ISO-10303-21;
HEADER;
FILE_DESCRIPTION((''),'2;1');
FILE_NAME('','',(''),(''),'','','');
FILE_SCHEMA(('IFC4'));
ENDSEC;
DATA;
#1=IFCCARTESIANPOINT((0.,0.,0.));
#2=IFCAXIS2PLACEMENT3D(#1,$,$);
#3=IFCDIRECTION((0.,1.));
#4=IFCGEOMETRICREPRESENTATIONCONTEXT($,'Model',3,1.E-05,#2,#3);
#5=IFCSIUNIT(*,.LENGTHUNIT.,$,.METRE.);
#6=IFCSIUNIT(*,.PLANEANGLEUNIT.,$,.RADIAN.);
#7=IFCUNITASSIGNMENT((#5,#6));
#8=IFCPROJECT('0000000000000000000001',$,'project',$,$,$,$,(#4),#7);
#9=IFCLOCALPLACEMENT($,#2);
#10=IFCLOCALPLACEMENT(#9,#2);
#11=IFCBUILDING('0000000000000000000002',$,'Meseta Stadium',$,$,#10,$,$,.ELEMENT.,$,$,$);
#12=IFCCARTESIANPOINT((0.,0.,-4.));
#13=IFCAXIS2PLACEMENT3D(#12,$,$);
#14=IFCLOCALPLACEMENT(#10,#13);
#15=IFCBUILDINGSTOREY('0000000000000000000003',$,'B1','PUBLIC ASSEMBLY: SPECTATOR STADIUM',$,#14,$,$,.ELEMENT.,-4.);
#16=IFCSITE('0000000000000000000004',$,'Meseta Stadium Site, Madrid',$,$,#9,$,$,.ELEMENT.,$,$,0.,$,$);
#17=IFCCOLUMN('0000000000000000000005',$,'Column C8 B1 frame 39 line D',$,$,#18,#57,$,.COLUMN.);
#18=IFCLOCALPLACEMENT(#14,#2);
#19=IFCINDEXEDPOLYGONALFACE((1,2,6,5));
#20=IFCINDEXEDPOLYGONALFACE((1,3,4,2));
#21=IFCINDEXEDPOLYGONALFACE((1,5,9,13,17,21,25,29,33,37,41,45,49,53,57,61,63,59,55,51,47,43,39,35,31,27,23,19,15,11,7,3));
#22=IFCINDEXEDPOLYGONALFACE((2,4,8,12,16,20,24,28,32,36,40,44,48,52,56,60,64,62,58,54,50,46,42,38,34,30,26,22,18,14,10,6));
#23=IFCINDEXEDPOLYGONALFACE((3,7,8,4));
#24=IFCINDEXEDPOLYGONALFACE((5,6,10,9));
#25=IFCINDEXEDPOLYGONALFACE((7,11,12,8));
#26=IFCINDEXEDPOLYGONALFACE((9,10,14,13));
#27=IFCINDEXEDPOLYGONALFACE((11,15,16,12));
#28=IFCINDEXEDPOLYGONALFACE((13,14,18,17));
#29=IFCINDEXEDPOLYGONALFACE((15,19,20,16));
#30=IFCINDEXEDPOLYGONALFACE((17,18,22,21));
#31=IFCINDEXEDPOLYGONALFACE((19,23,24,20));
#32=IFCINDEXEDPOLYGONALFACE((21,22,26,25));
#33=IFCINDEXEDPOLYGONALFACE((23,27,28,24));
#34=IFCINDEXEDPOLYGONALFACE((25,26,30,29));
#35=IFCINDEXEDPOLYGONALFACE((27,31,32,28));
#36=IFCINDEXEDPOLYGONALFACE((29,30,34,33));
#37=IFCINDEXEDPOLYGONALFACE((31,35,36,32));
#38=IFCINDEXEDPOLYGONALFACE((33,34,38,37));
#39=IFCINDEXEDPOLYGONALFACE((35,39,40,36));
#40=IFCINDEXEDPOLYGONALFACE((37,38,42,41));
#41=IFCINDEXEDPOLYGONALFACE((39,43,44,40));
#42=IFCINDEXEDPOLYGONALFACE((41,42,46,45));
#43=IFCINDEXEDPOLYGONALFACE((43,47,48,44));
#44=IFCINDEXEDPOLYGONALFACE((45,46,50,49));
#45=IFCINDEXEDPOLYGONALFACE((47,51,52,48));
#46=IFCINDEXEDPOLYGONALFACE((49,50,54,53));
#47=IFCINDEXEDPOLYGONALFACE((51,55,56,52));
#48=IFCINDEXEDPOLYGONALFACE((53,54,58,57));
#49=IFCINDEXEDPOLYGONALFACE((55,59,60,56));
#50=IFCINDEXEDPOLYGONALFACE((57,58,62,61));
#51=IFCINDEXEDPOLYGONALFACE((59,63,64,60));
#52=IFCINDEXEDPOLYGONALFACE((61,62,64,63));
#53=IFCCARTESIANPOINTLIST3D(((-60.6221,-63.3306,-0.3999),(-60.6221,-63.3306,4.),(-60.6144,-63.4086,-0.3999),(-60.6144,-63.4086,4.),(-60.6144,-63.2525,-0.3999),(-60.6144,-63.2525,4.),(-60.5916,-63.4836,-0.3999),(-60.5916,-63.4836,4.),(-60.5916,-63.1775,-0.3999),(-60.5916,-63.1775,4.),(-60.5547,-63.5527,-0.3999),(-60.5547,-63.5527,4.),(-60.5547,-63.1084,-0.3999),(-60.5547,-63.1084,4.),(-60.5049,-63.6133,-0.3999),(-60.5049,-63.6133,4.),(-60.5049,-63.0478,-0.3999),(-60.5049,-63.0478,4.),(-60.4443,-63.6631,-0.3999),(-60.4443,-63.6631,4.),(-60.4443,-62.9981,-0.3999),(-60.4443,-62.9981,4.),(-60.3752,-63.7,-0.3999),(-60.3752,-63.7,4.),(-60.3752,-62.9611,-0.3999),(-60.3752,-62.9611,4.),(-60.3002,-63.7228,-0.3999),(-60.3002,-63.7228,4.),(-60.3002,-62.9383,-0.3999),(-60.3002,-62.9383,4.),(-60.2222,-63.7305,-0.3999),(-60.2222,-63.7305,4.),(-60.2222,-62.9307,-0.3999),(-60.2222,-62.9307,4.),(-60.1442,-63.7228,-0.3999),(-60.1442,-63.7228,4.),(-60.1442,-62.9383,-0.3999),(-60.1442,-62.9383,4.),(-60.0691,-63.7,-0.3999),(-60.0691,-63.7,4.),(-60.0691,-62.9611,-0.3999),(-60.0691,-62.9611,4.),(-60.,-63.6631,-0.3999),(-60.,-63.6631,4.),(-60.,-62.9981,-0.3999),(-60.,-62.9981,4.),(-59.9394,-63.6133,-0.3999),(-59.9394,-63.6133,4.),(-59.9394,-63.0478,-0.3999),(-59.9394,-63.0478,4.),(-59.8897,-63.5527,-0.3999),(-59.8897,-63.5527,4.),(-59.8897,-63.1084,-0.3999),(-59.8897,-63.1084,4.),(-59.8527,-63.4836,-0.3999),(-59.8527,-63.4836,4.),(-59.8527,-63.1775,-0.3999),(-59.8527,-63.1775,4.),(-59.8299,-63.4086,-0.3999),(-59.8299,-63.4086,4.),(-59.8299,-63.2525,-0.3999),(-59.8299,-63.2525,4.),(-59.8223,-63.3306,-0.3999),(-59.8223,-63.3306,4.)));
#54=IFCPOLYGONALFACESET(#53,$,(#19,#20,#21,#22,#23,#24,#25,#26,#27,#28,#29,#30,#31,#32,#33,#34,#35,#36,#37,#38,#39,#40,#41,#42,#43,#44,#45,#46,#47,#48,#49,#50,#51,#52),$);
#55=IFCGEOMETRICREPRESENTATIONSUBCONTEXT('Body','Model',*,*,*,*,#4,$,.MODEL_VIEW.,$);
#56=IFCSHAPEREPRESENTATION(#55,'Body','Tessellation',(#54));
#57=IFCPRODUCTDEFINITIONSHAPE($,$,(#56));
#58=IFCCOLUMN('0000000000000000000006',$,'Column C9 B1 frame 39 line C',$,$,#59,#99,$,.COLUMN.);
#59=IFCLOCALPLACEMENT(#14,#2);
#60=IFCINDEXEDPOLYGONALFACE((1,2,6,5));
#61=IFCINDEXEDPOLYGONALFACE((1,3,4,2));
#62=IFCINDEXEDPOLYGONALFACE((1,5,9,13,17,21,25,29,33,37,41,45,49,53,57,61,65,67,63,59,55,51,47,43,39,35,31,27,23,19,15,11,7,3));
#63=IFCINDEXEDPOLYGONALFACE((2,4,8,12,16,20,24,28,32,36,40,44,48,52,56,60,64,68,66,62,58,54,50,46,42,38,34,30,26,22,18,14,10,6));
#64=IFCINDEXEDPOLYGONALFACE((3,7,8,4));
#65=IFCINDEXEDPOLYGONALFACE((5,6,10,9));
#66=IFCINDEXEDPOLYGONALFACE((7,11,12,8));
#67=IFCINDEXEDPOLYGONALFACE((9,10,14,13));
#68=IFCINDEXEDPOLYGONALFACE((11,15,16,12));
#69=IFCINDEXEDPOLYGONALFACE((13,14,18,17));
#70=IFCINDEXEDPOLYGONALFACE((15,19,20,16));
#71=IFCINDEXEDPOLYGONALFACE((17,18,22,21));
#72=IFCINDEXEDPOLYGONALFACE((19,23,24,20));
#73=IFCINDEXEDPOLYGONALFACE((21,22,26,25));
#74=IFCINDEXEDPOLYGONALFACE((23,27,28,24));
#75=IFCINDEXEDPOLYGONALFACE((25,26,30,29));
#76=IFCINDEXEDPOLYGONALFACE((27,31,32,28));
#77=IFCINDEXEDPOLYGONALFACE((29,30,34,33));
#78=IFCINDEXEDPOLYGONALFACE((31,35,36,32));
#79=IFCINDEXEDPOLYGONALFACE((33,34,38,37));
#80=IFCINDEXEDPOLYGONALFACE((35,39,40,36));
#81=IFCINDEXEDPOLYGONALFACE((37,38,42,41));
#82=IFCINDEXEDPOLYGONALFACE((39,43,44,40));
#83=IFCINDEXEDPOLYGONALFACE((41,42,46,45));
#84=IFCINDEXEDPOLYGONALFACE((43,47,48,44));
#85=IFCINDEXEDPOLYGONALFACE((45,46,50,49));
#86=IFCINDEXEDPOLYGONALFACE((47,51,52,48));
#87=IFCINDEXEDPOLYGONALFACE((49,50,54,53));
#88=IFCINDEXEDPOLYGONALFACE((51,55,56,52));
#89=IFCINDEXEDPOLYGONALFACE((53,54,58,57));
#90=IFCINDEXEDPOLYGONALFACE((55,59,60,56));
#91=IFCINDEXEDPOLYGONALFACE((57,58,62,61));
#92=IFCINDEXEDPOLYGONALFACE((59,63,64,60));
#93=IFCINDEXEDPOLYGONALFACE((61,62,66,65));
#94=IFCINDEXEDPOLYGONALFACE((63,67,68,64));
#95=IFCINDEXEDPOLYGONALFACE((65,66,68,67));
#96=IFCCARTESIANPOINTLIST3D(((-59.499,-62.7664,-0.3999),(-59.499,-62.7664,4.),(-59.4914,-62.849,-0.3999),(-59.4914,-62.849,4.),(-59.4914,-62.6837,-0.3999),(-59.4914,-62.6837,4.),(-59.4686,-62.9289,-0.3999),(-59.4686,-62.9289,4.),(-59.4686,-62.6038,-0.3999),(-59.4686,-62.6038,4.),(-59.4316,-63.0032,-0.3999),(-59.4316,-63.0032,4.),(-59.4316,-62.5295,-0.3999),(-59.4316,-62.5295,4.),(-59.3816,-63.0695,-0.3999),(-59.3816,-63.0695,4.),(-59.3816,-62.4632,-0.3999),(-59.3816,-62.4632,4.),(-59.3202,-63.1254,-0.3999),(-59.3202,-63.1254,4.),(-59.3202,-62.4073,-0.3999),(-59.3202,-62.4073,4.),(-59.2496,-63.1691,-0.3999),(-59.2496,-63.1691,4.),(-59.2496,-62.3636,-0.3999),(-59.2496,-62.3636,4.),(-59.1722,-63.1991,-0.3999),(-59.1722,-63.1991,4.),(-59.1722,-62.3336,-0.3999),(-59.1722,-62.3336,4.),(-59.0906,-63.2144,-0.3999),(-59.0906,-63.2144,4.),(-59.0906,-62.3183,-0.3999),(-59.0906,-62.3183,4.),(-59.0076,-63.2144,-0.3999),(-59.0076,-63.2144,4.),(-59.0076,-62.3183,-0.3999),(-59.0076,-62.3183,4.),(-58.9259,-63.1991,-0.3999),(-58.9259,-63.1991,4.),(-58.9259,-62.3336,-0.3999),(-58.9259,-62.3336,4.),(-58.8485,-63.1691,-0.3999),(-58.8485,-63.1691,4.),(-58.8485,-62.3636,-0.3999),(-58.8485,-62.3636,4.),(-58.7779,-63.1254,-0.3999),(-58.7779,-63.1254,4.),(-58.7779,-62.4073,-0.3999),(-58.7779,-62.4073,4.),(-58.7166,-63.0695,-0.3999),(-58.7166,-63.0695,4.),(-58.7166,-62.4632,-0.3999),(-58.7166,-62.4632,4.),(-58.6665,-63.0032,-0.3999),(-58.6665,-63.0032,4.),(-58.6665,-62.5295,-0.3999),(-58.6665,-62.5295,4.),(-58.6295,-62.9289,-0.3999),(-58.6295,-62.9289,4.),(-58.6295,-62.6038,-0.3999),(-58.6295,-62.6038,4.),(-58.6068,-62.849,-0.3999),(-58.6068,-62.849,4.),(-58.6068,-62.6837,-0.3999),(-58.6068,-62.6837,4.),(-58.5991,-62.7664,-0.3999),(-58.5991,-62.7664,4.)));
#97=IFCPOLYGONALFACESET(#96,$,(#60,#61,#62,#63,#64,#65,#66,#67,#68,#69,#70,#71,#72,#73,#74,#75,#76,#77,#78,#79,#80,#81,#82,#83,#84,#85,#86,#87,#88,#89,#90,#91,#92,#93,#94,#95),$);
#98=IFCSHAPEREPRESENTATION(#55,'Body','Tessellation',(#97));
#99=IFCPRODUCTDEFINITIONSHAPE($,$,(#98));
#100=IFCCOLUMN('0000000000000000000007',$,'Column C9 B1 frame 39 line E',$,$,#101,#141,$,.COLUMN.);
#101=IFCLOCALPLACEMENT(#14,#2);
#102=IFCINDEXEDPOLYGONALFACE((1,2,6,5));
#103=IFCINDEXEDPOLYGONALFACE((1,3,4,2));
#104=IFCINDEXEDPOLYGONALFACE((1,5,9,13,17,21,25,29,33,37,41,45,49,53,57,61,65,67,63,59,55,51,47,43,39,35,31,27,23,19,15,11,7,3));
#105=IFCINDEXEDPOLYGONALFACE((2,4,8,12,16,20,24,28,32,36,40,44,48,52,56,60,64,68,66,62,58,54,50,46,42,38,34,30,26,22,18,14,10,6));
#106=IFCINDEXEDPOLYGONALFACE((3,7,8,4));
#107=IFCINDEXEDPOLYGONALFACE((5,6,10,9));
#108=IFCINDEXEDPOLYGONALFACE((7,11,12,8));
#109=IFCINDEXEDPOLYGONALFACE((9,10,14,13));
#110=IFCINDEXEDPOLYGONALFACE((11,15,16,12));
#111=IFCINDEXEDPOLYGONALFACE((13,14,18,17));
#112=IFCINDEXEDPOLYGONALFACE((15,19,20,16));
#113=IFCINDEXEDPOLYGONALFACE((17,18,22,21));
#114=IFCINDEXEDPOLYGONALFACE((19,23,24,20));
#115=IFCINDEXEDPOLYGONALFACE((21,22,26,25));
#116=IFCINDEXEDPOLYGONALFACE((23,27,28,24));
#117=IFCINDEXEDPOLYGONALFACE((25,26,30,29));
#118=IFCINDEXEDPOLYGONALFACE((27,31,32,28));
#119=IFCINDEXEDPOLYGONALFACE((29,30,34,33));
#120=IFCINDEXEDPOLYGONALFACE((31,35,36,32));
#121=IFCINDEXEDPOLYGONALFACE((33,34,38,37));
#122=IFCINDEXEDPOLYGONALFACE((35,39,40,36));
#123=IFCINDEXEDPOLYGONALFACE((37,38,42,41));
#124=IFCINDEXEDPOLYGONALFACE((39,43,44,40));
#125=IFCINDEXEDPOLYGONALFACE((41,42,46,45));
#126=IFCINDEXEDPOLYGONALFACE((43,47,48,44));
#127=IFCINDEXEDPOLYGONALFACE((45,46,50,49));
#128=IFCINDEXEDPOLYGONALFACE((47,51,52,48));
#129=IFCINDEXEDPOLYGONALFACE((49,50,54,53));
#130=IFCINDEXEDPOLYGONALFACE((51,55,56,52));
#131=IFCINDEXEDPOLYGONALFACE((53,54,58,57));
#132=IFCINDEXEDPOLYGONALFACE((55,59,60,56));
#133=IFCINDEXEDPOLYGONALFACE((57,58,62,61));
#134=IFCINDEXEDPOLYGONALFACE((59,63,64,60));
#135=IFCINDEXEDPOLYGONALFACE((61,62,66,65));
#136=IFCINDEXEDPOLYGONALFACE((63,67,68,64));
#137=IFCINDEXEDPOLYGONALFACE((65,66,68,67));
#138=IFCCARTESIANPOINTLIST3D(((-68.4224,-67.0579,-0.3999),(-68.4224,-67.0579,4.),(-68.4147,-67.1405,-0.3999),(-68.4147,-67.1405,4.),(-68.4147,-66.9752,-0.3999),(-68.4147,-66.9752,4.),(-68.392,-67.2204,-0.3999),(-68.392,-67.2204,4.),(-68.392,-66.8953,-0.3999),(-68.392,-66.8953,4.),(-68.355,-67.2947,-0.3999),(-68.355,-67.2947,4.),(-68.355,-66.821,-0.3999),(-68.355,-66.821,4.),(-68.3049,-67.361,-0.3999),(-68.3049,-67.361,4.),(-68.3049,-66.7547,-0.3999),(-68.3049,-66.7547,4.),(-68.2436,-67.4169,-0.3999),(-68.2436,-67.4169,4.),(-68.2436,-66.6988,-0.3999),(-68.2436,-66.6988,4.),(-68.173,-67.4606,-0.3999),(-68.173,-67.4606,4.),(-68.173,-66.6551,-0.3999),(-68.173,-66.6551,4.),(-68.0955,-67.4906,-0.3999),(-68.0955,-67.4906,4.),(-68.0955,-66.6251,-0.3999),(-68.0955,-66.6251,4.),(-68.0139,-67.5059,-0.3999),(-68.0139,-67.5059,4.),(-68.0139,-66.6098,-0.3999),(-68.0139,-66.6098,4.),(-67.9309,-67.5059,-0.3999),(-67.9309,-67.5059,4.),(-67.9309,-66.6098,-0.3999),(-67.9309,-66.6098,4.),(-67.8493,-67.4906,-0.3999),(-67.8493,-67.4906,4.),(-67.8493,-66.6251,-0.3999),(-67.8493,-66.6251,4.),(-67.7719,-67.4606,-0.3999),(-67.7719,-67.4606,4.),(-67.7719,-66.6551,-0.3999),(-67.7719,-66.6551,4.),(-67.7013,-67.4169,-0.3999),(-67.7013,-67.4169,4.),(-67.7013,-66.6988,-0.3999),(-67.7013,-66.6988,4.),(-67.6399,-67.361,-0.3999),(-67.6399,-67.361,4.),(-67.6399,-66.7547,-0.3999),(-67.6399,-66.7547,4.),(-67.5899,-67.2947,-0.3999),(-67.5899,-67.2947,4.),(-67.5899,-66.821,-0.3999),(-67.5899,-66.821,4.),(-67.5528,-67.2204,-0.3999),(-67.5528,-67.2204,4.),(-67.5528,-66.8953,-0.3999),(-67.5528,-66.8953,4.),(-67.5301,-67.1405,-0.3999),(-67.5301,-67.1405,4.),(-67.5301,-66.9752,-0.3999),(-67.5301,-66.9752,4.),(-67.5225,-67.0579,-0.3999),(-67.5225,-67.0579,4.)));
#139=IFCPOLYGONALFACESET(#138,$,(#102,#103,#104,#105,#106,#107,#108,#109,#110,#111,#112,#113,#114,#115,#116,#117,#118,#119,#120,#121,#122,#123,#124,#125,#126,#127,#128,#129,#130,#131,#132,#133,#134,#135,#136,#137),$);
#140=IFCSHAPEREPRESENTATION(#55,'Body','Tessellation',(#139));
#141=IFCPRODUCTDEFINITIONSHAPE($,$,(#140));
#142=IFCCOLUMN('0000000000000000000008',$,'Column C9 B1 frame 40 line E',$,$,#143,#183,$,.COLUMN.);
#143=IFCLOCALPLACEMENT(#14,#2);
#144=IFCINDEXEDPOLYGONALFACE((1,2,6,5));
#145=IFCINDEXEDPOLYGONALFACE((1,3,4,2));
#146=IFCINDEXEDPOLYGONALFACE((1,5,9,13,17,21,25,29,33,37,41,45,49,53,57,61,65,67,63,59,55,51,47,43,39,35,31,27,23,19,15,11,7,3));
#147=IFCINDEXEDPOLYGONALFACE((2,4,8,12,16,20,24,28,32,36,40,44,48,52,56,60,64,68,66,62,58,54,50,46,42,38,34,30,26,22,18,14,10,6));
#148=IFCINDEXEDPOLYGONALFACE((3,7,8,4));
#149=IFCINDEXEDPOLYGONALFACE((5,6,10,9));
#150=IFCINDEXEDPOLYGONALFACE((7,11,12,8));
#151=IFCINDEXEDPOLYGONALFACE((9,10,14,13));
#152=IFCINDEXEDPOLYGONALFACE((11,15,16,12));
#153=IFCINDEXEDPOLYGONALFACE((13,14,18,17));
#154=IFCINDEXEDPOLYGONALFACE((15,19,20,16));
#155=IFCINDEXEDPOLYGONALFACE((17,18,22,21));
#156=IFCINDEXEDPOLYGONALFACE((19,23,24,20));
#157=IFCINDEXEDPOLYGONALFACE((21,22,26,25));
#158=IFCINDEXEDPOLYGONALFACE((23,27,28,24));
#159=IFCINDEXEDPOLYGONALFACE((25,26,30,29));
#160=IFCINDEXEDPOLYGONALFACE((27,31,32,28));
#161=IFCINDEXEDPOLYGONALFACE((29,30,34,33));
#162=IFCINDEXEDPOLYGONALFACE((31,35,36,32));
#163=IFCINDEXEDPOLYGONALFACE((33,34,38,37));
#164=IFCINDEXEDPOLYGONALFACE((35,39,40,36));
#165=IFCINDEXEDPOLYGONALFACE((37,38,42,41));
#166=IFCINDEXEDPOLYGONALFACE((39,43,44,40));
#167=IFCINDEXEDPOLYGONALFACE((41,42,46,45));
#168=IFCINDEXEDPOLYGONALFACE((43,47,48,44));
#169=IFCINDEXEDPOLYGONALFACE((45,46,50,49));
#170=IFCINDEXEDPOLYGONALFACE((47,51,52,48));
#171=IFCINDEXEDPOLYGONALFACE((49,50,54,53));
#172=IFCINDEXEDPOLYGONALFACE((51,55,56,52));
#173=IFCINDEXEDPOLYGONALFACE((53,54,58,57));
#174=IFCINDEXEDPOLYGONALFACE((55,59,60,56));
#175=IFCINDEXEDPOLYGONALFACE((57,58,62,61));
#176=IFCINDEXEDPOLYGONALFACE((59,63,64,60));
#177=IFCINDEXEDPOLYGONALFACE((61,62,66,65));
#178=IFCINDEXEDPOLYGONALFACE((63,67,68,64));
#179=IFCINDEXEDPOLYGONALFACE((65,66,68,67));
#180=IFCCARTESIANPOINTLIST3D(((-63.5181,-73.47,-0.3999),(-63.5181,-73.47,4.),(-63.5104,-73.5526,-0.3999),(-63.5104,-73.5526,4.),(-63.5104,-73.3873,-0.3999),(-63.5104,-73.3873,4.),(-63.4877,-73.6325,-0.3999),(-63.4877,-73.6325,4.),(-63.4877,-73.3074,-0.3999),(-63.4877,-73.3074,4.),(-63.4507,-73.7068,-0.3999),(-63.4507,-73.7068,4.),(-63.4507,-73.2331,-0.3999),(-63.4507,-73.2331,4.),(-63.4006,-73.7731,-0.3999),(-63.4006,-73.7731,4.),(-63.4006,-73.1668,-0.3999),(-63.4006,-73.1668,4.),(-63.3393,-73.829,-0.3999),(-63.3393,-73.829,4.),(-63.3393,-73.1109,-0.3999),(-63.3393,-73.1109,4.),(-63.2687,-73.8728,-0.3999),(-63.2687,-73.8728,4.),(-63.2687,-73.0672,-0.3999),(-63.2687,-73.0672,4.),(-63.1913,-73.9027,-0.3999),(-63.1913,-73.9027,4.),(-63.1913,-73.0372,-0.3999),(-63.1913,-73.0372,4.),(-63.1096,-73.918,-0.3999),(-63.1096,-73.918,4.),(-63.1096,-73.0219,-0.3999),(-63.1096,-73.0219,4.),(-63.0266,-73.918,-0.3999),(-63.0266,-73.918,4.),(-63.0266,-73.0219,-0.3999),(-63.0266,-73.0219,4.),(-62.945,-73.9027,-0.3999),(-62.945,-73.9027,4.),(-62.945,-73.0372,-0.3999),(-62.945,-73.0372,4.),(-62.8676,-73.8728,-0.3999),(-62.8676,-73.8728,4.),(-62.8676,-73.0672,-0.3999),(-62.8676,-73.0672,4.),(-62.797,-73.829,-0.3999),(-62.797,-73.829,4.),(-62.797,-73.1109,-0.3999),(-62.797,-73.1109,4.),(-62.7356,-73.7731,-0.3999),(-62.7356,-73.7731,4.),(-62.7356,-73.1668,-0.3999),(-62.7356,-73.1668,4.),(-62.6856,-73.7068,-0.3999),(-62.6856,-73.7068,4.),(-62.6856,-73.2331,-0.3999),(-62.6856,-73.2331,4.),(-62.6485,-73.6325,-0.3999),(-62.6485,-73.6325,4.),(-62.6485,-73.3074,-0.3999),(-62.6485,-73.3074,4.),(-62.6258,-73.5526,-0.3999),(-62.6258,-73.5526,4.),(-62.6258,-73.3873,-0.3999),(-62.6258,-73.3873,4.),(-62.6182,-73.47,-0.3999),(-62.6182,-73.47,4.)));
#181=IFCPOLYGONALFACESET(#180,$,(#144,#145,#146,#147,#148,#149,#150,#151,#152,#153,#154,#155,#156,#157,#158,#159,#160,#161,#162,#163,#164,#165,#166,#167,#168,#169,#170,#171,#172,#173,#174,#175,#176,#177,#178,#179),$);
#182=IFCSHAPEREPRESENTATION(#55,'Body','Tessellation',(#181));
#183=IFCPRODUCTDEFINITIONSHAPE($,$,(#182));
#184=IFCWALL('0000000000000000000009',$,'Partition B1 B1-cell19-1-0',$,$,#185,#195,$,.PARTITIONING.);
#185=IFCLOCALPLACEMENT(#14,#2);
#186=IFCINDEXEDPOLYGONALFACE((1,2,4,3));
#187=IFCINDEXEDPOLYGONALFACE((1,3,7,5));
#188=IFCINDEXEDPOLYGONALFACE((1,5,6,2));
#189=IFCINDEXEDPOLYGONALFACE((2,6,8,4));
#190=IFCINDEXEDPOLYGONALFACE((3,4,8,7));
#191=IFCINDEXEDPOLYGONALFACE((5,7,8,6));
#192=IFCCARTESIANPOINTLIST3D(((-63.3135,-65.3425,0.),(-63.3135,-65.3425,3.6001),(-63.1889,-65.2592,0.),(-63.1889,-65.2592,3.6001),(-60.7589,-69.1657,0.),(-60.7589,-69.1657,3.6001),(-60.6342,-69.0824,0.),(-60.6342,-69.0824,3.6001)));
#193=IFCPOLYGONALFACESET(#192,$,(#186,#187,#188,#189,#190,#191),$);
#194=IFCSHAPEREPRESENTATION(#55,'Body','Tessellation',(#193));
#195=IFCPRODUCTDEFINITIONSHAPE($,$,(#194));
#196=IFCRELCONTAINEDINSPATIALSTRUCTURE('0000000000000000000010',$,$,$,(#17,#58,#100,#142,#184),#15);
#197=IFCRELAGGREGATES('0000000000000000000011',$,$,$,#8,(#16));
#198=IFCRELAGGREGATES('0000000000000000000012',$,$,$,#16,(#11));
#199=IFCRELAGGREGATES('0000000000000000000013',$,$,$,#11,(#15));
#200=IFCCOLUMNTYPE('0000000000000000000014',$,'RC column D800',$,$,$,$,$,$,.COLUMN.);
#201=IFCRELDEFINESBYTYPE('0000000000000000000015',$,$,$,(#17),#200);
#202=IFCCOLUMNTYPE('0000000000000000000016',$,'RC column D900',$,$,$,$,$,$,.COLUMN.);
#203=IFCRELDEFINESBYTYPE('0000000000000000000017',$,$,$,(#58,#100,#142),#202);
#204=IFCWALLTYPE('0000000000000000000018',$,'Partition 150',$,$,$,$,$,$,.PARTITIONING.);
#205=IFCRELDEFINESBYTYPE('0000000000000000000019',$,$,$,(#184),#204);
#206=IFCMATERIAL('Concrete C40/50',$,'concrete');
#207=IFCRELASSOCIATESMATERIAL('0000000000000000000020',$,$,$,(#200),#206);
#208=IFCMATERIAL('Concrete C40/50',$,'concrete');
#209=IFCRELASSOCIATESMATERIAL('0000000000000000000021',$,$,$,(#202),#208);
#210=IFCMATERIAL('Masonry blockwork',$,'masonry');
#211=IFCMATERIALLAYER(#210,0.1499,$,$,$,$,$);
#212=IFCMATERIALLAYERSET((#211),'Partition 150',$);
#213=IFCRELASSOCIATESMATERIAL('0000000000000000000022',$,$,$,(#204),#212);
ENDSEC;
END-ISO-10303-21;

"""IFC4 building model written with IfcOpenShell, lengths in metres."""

from ifc_helpers import new_model, si_unit, direction, frame, frame_2d, origin, origin_2d, place, context, subcontext, project, spatial, rectangle, circle, extrude, material, layer, layer_set, material_profile, profile_set, type_object, element, save


model = new_model("IFC4")

# Units and contexts
model_context = context("Model", 3, precision=1e-05, world=origin(), true_north=direction((0.0, 1.0)))
body_context = subcontext(model_context, "Body", "Model", "MODEL_VIEW")
ifc_project = project(units=[si_unit("LENGTHUNIT", "METRE"), si_unit("PLANEANGLEUNIT", "RADIAN")], contexts=[model_context])

# Site, building, storey
site_placement = place(None, origin())
site = spatial("IfcSite", under=ifc_project, at=site_placement, Name="Meseta Stadium Site, Madrid", CompositionType="ELEMENT", RefElevation=0.0)
building_placement = place(site_placement, origin())
building = spatial("IfcBuilding", under=site, at=building_placement, Name="Meseta Stadium", CompositionType="ELEMENT")
storey_placement = place(building_placement, frame((0.0, 0.0, -4.0)))
storey = spatial("IfcBuildingStorey", under=building, at=storey_placement, Name="B1", Description="PUBLIC ASSEMBLY: SPECTATOR STADIUM", CompositionType="ELEMENT", Elevation=-4.0)

# Columns
ifc_material_1 = material(Name="Concrete C40/50", Category="concrete")
ifc_material_profile_1 = material_profile(ifc_material_1, circle(Radius=0.3999, at=origin_2d()), Name="RC D800")
ifc_profile_set_1 = profile_set([ifc_material_profile_1], Name="Concrete C40/50")
column_type_1 = type_object("IfcColumnType", Name="RC column D800", PredefinedType="COLUMN", material=ifc_profile_set_1)
column_placement = place(storey_placement, frame((-60.2222, -63.3306, -0.3999), z_axis=(0.0, 0.0, 1.0), x_axis=(1.0, 0.0, 0.0)))
element("IfcColumn", 1, at=column_placement, inside=storey, type_object=column_type_1, Name="Column C8 B1 frame 39 line D", PredefinedType="COLUMN", context=body_context, shape_type="SweptSolid", body=[
    extrude(circle(Radius=0.3999, at=origin_2d()), origin(), (0.0, 0.0, 1.0), 4.3999),
])
ifc_material_2 = material(Name="Concrete C40/50", Category="concrete")
ifc_material_profile_2 = material_profile(ifc_material_2, circle(Radius=0.45, at=origin_2d()), Name="RC D900")
ifc_profile_set_2 = profile_set([ifc_material_profile_2], Name="Concrete C40/50")
column_type_2 = type_object("IfcColumnType", Name="RC column D900", PredefinedType="COLUMN", material=ifc_profile_set_2)
for number, where, z_axis, x_axis, name in (
    (2, (-59.0491, -62.7664, -0.3999), (0.0, 0.0, 1.0), (1.0, 0.0, 0.0), "Column C9 B1 frame 39 line C"),
    (3, (-67.9724, -67.0579, -0.3999), (0.0, 0.0, 1.0), (1.0, 0.0, 0.0), "Column C9 B1 frame 39 line E"),
    (4, (-63.0681, -73.47, -0.3999), (0.0, 0.0, 1.0), (1.0, 0.0, 0.0), "Column C9 B1 frame 40 line E"),
):
    element("IfcColumn", number, at=place(storey_placement, frame(where, z_axis=z_axis, x_axis=x_axis)), inside=storey, type_object=column_type_2, Name=name, PredefinedType="COLUMN", context=body_context, shape_type="SweptSolid", body=[
        extrude(circle(Radius=0.45, at=origin_2d()), origin(), (0.0, 0.0, 1.0), 4.3999),
    ])

# Wall
ifc_material_3 = material(Name="Masonry blockwork", Category="masonry")
ifc_layer = layer(ifc_material_3, 0.1499)
ifc_layer_set = layer_set([ifc_layer], Name="Partition 150")
wall_type = type_object("IfcWallType", Name="Partition 150", PredefinedType="PARTITIONING", material=ifc_layer_set)
wall_1_placement = place(storey_placement, frame((-60.6965, -69.124, 0.0), z_axis=(0.0, 0.0, 1.0), x_axis=(-0.555582, 0.831462, 0.0)))
element("IfcWall", 5, at=wall_1_placement, inside=storey, type_object=wall_type, Name="Partition B1 B1-cell19-1-0", PredefinedType="PARTITIONING", context=body_context, shape_type="SweptSolid", body=[
    extrude(rectangle(XDim=4.5981, YDim=0.1499, at=frame_2d((2.2991, 0.0))), origin(), (0.0, 0.0, 1.0), 3.6001),
])

save(model, "model.ifc")
